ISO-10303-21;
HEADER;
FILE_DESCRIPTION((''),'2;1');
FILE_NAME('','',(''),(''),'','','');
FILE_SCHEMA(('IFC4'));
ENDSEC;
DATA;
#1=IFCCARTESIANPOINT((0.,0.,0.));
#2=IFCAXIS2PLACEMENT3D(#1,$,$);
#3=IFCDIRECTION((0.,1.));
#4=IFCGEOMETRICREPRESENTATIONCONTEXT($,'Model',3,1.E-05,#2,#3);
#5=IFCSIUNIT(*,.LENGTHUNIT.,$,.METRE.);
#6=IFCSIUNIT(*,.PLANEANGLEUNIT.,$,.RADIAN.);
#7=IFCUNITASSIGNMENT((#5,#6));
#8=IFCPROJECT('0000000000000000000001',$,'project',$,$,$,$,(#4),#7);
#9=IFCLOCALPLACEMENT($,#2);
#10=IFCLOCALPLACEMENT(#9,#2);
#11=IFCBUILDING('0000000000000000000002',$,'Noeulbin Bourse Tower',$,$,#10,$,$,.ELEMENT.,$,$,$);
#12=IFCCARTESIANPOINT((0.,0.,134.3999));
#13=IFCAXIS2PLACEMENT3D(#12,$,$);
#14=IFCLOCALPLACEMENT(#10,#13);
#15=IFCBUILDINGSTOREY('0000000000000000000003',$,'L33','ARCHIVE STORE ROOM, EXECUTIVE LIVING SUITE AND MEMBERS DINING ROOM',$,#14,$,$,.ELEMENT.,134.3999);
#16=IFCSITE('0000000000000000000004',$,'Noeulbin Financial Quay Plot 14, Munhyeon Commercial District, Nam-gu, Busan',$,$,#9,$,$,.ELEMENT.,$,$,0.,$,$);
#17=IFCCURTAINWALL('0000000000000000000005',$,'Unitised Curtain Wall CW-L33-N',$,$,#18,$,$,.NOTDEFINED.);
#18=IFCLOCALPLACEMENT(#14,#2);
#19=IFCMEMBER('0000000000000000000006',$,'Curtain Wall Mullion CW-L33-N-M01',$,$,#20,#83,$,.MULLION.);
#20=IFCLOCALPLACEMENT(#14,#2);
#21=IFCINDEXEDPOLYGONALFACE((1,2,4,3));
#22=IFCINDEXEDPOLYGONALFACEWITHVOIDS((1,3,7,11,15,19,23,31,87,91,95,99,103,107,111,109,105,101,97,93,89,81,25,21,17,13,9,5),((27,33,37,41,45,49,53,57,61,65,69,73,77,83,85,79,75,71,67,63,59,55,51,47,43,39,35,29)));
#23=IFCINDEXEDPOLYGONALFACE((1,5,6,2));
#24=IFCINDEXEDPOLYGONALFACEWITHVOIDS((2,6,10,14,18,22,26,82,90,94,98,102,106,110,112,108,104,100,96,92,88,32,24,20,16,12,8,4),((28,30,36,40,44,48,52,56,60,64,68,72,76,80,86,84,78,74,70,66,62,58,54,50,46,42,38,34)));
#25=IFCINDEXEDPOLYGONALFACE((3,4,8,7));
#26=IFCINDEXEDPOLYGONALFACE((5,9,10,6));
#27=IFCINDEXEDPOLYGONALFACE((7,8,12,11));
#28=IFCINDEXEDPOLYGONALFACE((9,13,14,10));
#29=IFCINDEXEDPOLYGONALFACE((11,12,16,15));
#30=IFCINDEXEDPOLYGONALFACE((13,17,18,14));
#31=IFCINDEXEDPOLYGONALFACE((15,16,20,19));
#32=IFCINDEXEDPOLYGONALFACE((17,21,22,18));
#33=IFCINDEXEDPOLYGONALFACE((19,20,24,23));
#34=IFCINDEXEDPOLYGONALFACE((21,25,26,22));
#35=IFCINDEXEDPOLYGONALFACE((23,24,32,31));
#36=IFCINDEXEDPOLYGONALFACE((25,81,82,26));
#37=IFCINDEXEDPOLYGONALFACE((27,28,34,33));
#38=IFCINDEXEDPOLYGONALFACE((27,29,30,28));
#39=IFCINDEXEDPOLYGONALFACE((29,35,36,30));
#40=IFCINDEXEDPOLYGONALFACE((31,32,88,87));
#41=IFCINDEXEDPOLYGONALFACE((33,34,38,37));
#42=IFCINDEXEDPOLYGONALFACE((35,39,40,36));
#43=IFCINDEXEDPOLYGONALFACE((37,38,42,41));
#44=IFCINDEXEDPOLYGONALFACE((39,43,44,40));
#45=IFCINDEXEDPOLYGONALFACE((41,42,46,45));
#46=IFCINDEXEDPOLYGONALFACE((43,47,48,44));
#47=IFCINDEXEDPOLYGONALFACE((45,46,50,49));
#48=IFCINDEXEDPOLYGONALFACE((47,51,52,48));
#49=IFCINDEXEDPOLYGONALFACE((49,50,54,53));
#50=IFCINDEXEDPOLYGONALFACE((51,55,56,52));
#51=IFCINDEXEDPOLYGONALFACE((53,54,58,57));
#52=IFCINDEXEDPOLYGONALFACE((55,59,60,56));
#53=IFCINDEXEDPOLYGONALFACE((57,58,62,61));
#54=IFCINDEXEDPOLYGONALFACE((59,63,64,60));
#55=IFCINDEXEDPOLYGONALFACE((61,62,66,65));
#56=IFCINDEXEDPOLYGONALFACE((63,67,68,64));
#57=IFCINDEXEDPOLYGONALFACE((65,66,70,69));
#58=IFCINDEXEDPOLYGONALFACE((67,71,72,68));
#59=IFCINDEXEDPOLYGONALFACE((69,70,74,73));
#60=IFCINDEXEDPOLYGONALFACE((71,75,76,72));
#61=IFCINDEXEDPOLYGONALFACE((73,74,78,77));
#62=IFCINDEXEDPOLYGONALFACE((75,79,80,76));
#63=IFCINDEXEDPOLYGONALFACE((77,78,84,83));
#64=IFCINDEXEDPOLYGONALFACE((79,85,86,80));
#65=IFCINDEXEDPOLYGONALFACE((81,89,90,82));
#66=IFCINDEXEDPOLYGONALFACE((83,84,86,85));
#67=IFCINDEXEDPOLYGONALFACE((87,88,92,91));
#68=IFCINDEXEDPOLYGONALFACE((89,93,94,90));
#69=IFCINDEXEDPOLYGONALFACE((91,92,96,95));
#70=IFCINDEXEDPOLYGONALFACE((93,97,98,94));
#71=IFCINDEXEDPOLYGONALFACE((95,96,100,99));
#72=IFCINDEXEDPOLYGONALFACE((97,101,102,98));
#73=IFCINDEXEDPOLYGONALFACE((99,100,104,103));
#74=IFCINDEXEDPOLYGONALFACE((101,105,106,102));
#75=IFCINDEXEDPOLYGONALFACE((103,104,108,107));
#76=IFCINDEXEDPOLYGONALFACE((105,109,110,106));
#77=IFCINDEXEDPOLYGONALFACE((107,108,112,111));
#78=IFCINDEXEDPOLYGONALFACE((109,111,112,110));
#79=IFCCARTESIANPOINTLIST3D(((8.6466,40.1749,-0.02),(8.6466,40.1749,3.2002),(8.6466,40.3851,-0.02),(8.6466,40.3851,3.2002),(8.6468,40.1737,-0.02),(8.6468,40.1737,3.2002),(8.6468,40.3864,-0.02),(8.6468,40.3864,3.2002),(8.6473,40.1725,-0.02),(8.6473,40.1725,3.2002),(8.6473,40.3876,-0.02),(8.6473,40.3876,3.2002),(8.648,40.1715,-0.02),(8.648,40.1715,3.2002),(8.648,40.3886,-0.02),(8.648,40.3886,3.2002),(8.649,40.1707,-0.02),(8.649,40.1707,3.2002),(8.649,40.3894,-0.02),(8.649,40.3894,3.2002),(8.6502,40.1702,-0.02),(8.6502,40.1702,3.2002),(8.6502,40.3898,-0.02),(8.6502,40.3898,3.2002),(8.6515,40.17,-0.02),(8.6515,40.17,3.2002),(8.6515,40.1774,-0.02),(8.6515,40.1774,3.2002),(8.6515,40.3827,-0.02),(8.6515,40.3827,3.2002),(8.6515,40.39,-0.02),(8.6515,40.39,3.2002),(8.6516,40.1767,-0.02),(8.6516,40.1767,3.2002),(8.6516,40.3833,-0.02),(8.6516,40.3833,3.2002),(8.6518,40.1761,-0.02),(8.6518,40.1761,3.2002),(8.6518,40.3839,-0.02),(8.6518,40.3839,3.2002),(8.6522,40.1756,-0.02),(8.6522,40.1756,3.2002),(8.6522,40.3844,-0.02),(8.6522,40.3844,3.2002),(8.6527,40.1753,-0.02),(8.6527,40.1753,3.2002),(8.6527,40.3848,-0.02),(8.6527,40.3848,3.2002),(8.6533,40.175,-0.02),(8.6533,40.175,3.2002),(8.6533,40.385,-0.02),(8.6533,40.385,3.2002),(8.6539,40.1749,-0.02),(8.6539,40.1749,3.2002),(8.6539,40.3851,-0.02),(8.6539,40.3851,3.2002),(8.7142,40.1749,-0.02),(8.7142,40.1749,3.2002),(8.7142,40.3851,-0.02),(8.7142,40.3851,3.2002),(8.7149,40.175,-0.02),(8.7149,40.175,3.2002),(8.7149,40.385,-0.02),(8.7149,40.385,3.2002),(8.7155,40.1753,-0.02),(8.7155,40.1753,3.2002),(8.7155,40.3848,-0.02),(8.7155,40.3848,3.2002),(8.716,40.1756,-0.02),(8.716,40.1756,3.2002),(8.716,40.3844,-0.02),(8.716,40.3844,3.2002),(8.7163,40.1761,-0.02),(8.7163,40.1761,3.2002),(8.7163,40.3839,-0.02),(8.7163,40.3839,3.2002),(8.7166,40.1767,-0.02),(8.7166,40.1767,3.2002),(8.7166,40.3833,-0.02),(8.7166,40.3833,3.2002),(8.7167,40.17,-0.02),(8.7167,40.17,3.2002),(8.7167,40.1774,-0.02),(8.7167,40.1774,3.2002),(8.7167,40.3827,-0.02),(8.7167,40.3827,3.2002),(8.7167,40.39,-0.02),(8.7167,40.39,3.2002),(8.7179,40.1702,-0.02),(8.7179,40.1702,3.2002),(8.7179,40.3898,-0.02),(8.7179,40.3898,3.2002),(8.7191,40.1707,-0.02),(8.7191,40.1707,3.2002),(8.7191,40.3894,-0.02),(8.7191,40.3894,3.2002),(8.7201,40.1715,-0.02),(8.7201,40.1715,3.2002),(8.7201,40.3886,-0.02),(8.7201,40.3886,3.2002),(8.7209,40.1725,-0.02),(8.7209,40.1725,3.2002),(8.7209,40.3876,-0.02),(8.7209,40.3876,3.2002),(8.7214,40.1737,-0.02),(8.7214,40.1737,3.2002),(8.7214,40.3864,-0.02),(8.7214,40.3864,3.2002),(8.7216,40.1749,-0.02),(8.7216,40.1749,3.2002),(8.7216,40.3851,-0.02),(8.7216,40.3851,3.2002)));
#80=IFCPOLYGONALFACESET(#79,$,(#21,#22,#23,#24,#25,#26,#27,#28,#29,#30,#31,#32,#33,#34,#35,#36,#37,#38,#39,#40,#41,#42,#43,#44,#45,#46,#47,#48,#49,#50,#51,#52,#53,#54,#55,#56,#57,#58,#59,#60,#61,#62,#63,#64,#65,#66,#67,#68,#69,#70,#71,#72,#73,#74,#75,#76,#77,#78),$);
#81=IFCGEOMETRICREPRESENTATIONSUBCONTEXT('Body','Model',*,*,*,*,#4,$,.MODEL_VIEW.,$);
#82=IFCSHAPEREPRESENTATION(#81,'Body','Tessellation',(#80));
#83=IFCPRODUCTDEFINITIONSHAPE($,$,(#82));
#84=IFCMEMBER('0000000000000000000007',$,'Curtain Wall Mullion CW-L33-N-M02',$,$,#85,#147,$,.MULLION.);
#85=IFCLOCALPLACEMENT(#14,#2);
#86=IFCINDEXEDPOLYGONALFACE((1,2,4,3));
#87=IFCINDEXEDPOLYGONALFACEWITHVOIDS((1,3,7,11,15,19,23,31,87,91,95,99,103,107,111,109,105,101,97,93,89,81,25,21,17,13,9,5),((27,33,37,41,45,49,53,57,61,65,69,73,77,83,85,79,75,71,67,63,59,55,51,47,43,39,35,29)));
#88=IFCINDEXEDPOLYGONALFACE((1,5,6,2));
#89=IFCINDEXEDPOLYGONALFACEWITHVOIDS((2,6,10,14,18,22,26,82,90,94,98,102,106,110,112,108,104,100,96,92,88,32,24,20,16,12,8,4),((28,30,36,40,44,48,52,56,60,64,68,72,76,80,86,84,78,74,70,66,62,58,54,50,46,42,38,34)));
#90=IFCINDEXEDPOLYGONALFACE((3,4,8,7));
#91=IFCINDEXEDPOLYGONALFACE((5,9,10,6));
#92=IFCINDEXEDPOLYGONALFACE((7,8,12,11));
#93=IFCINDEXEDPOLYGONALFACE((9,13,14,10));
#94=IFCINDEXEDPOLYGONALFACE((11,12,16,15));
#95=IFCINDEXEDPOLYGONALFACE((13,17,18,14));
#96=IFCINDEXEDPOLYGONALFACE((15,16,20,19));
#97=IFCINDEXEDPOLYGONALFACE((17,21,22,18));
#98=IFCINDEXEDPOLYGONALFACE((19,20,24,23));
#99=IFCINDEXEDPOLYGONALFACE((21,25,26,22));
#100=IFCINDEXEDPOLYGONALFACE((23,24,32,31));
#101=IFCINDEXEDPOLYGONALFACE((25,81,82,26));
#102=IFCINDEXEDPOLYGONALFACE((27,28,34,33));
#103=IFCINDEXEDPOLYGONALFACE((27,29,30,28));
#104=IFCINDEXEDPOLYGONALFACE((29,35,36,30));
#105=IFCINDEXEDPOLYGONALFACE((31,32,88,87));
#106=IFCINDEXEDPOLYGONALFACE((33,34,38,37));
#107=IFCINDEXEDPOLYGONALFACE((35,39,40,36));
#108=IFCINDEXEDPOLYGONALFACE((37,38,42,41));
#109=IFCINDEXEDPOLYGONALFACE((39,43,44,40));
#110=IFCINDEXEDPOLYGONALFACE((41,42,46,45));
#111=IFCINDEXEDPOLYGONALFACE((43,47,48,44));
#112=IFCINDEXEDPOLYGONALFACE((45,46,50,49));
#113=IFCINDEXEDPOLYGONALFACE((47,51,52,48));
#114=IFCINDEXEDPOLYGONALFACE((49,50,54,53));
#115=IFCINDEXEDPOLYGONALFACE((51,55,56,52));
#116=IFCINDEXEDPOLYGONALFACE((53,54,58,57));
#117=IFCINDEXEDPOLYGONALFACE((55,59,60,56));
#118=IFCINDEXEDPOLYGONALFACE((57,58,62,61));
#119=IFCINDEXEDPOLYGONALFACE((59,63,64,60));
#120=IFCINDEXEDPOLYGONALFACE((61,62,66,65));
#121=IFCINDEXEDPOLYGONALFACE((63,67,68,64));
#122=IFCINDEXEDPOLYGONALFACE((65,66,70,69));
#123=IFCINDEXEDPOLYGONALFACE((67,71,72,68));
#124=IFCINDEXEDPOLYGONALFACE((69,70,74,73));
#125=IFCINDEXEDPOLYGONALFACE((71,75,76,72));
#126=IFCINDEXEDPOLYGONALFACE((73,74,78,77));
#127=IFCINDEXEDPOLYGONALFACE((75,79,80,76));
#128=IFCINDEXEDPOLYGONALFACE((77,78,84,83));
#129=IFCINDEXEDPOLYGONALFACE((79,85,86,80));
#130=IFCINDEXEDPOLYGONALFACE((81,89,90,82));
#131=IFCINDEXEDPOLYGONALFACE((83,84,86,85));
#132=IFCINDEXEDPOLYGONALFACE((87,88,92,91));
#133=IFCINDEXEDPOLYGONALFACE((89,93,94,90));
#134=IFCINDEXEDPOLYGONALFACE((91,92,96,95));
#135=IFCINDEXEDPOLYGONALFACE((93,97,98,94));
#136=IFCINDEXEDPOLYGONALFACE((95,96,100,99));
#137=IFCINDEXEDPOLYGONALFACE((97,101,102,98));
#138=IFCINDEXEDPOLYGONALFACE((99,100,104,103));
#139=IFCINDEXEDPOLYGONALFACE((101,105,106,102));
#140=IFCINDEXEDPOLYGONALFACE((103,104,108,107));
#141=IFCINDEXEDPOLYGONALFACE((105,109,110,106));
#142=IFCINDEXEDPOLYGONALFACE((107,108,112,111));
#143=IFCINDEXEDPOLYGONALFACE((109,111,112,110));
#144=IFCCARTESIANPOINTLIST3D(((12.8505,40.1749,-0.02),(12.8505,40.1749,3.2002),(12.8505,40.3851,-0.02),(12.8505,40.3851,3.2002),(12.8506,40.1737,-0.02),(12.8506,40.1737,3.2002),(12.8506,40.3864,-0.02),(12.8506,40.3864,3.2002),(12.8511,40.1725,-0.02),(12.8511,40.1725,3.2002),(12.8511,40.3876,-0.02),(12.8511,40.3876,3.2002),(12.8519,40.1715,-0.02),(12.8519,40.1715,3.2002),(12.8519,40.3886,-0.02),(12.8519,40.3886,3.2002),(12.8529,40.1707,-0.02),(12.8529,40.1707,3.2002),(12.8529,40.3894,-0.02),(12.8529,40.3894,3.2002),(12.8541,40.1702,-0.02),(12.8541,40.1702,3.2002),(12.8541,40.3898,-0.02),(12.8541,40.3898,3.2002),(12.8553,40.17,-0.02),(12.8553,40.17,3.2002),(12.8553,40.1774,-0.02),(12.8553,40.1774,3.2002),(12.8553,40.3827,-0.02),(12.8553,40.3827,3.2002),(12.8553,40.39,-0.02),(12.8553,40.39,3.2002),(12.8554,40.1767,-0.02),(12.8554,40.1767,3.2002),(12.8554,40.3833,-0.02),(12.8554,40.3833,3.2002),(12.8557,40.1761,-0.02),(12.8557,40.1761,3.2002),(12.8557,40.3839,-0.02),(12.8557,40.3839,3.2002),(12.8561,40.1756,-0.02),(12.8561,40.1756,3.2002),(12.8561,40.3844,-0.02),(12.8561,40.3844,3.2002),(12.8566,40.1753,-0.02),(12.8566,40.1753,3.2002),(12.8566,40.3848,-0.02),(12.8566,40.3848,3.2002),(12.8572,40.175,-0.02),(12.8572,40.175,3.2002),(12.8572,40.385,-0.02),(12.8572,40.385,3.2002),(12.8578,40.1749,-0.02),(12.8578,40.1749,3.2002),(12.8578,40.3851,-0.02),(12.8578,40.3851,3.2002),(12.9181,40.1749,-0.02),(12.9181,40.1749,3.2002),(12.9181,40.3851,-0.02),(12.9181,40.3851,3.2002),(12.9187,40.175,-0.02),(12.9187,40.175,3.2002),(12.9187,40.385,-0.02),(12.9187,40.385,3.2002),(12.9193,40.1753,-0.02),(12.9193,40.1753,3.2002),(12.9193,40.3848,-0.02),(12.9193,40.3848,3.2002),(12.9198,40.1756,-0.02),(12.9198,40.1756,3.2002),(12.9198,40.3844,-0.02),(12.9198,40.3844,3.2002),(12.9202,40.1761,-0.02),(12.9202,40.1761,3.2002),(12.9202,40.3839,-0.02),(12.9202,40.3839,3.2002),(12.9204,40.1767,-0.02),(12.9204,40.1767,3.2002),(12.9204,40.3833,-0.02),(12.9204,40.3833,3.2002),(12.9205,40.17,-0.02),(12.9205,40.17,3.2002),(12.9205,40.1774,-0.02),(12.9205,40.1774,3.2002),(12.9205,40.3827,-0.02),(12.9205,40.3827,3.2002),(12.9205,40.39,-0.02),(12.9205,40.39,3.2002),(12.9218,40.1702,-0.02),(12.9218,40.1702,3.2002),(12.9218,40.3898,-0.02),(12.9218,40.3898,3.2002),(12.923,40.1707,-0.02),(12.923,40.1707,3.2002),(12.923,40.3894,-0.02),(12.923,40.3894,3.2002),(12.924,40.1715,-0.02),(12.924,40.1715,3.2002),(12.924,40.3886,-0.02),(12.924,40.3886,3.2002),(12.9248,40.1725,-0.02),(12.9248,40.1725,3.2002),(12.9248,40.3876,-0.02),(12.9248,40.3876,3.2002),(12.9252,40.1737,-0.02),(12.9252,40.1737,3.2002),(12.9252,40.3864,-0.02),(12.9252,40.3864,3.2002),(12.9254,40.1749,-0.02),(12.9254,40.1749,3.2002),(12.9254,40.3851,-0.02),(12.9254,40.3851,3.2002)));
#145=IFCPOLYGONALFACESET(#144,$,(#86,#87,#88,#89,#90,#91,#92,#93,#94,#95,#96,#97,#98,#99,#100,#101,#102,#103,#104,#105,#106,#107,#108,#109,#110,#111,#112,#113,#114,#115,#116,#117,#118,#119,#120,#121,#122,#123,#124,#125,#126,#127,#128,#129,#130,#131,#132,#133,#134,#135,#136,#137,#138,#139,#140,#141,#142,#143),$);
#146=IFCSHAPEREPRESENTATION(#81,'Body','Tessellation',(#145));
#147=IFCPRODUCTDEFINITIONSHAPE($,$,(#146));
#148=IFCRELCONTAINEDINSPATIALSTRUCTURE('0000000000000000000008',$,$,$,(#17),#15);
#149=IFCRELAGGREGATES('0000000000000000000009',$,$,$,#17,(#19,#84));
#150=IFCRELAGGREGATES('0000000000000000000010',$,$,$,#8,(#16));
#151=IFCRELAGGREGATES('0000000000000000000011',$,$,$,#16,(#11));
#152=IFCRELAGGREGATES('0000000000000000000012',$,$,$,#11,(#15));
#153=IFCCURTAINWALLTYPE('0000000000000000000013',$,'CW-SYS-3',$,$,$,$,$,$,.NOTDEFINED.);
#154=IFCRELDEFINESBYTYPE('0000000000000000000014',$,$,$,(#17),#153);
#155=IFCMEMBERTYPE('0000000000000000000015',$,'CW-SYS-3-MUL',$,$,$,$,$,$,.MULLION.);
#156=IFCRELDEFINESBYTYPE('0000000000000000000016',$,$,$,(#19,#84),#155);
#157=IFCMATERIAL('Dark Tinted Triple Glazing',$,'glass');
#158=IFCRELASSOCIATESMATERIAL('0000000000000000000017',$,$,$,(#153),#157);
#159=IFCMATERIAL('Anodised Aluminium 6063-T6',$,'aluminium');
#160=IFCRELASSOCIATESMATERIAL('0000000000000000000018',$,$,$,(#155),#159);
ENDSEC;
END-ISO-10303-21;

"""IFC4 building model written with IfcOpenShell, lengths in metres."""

from ifc_helpers import new_model, si_unit, direction, frame, origin, origin_2d, place, context, subcontext, project, spatial, hollow_rectangle, extrude, material, material_profile, profile_set, type_object, element, aggregate, save


model = new_model("IFC4")

# Units and contexts
model_context = context("Model", 3, precision=1e-05, world=origin(), true_north=direction((0.0, 1.0)))
body_context = subcontext(model_context, "Body", "Model", "MODEL_VIEW")
ifc_project = project(units=[si_unit("LENGTHUNIT", "METRE"), si_unit("PLANEANGLEUNIT", "RADIAN")], contexts=[model_context])

# Site, building, storey
site_placement = place(None, origin())
site = spatial("IfcSite", under=ifc_project, at=site_placement, Name="Noeulbin Financial Quay Plot 14, Munhyeon Commercial District, Nam-gu, Busan", CompositionType="ELEMENT", RefElevation=0.0)
building_placement = place(site_placement, origin())
building = spatial("IfcBuilding", under=site, at=building_placement, Name="Noeulbin Bourse Tower", CompositionType="ELEMENT")
storey_placement = place(building_placement, frame((0.0, 0.0, 134.3999)))
storey = spatial("IfcBuildingStorey", under=building, at=storey_placement, Name="L33", Description="ARCHIVE STORE ROOM, EXECUTIVE LIVING SUITE AND MEMBERS DINING ROOM", CompositionType="ELEMENT", Elevation=134.3999)

# Curtain wall, members
ifc_material_1 = material(Name="Dark Tinted Triple Glazing", Category="glass")
curtain_wall_type = type_object("IfcCurtainWallType", Name="CW-SYS-3", PredefinedType="NOTDEFINED", material=ifc_material_1)
curtain_wall_1_placement = place(storey_placement, origin())
curtain_wall_1 = element("IfcCurtainWall", 1, at=curtain_wall_1_placement, inside=storey, type_object=curtain_wall_type, Name="Unitised Curtain Wall CW-L33-N", PredefinedType="NOTDEFINED")
ifc_material_2 = material(Name="Anodised Aluminium 6063-T6", Category="aluminium")
ifc_material_profile_1 = material_profile(ifc_material_2, hollow_rectangle(XDim=0.075, YDim=0.22, WallThickness=0.0049, InnerFilletRadius=0.0024, OuterFilletRadius=0.0049, at=origin_2d()), Name="ALU-MULL-75x220x5", Category="LoadBearing")
ifc_profile_set_1 = profile_set([ifc_material_profile_1], Name="Anodised Aluminium 6063-T6")
member_type_1 = type_object("IfcMemberType", Name="CW-SYS-3-MUL", PredefinedType="MULLION", material=ifc_profile_set_1)
member_1_placement = place(storey_placement, frame((8.6841, 40.28, -0.02), z_axis=(0.0, 0.0, 1.0), x_axis=(1.0, 0.0, 0.0)))
member_1 = element("IfcMember", 2, at=member_1_placement, type_object=member_type_1, Name="Curtain Wall Mullion CW-L33-N-M01", PredefinedType="MULLION", context=body_context, shape_type="SweptSolid", body=[
    extrude(hollow_rectangle(XDim=0.075, YDim=0.22, WallThickness=0.0049, InnerFilletRadius=0.0024, OuterFilletRadius=0.0049, at=origin_2d()), origin(), (0.0, 0.0, 1.0), 3.2202),
])
member_2_placement = place(storey_placement, frame((12.8879, 40.28, -0.02), z_axis=(0.0, 0.0, 1.0), x_axis=(1.0, 0.0, 0.0)))
member_2 = element("IfcMember", 3, at=member_2_placement, type_object=member_type_1, Name="Curtain Wall Mullion CW-L33-N-M02", PredefinedType="MULLION", context=body_context, shape_type="SweptSolid", body=[
    extrude(hollow_rectangle(XDim=0.075, YDim=0.22, WallThickness=0.0049, InnerFilletRadius=0.0024, OuterFilletRadius=0.0049, at=origin_2d()), origin(), (0.0, 0.0, 1.0), 3.2202),
])

aggregate(curtain_wall_1, [member_1, member_2])

save(model, "model.ifc")
